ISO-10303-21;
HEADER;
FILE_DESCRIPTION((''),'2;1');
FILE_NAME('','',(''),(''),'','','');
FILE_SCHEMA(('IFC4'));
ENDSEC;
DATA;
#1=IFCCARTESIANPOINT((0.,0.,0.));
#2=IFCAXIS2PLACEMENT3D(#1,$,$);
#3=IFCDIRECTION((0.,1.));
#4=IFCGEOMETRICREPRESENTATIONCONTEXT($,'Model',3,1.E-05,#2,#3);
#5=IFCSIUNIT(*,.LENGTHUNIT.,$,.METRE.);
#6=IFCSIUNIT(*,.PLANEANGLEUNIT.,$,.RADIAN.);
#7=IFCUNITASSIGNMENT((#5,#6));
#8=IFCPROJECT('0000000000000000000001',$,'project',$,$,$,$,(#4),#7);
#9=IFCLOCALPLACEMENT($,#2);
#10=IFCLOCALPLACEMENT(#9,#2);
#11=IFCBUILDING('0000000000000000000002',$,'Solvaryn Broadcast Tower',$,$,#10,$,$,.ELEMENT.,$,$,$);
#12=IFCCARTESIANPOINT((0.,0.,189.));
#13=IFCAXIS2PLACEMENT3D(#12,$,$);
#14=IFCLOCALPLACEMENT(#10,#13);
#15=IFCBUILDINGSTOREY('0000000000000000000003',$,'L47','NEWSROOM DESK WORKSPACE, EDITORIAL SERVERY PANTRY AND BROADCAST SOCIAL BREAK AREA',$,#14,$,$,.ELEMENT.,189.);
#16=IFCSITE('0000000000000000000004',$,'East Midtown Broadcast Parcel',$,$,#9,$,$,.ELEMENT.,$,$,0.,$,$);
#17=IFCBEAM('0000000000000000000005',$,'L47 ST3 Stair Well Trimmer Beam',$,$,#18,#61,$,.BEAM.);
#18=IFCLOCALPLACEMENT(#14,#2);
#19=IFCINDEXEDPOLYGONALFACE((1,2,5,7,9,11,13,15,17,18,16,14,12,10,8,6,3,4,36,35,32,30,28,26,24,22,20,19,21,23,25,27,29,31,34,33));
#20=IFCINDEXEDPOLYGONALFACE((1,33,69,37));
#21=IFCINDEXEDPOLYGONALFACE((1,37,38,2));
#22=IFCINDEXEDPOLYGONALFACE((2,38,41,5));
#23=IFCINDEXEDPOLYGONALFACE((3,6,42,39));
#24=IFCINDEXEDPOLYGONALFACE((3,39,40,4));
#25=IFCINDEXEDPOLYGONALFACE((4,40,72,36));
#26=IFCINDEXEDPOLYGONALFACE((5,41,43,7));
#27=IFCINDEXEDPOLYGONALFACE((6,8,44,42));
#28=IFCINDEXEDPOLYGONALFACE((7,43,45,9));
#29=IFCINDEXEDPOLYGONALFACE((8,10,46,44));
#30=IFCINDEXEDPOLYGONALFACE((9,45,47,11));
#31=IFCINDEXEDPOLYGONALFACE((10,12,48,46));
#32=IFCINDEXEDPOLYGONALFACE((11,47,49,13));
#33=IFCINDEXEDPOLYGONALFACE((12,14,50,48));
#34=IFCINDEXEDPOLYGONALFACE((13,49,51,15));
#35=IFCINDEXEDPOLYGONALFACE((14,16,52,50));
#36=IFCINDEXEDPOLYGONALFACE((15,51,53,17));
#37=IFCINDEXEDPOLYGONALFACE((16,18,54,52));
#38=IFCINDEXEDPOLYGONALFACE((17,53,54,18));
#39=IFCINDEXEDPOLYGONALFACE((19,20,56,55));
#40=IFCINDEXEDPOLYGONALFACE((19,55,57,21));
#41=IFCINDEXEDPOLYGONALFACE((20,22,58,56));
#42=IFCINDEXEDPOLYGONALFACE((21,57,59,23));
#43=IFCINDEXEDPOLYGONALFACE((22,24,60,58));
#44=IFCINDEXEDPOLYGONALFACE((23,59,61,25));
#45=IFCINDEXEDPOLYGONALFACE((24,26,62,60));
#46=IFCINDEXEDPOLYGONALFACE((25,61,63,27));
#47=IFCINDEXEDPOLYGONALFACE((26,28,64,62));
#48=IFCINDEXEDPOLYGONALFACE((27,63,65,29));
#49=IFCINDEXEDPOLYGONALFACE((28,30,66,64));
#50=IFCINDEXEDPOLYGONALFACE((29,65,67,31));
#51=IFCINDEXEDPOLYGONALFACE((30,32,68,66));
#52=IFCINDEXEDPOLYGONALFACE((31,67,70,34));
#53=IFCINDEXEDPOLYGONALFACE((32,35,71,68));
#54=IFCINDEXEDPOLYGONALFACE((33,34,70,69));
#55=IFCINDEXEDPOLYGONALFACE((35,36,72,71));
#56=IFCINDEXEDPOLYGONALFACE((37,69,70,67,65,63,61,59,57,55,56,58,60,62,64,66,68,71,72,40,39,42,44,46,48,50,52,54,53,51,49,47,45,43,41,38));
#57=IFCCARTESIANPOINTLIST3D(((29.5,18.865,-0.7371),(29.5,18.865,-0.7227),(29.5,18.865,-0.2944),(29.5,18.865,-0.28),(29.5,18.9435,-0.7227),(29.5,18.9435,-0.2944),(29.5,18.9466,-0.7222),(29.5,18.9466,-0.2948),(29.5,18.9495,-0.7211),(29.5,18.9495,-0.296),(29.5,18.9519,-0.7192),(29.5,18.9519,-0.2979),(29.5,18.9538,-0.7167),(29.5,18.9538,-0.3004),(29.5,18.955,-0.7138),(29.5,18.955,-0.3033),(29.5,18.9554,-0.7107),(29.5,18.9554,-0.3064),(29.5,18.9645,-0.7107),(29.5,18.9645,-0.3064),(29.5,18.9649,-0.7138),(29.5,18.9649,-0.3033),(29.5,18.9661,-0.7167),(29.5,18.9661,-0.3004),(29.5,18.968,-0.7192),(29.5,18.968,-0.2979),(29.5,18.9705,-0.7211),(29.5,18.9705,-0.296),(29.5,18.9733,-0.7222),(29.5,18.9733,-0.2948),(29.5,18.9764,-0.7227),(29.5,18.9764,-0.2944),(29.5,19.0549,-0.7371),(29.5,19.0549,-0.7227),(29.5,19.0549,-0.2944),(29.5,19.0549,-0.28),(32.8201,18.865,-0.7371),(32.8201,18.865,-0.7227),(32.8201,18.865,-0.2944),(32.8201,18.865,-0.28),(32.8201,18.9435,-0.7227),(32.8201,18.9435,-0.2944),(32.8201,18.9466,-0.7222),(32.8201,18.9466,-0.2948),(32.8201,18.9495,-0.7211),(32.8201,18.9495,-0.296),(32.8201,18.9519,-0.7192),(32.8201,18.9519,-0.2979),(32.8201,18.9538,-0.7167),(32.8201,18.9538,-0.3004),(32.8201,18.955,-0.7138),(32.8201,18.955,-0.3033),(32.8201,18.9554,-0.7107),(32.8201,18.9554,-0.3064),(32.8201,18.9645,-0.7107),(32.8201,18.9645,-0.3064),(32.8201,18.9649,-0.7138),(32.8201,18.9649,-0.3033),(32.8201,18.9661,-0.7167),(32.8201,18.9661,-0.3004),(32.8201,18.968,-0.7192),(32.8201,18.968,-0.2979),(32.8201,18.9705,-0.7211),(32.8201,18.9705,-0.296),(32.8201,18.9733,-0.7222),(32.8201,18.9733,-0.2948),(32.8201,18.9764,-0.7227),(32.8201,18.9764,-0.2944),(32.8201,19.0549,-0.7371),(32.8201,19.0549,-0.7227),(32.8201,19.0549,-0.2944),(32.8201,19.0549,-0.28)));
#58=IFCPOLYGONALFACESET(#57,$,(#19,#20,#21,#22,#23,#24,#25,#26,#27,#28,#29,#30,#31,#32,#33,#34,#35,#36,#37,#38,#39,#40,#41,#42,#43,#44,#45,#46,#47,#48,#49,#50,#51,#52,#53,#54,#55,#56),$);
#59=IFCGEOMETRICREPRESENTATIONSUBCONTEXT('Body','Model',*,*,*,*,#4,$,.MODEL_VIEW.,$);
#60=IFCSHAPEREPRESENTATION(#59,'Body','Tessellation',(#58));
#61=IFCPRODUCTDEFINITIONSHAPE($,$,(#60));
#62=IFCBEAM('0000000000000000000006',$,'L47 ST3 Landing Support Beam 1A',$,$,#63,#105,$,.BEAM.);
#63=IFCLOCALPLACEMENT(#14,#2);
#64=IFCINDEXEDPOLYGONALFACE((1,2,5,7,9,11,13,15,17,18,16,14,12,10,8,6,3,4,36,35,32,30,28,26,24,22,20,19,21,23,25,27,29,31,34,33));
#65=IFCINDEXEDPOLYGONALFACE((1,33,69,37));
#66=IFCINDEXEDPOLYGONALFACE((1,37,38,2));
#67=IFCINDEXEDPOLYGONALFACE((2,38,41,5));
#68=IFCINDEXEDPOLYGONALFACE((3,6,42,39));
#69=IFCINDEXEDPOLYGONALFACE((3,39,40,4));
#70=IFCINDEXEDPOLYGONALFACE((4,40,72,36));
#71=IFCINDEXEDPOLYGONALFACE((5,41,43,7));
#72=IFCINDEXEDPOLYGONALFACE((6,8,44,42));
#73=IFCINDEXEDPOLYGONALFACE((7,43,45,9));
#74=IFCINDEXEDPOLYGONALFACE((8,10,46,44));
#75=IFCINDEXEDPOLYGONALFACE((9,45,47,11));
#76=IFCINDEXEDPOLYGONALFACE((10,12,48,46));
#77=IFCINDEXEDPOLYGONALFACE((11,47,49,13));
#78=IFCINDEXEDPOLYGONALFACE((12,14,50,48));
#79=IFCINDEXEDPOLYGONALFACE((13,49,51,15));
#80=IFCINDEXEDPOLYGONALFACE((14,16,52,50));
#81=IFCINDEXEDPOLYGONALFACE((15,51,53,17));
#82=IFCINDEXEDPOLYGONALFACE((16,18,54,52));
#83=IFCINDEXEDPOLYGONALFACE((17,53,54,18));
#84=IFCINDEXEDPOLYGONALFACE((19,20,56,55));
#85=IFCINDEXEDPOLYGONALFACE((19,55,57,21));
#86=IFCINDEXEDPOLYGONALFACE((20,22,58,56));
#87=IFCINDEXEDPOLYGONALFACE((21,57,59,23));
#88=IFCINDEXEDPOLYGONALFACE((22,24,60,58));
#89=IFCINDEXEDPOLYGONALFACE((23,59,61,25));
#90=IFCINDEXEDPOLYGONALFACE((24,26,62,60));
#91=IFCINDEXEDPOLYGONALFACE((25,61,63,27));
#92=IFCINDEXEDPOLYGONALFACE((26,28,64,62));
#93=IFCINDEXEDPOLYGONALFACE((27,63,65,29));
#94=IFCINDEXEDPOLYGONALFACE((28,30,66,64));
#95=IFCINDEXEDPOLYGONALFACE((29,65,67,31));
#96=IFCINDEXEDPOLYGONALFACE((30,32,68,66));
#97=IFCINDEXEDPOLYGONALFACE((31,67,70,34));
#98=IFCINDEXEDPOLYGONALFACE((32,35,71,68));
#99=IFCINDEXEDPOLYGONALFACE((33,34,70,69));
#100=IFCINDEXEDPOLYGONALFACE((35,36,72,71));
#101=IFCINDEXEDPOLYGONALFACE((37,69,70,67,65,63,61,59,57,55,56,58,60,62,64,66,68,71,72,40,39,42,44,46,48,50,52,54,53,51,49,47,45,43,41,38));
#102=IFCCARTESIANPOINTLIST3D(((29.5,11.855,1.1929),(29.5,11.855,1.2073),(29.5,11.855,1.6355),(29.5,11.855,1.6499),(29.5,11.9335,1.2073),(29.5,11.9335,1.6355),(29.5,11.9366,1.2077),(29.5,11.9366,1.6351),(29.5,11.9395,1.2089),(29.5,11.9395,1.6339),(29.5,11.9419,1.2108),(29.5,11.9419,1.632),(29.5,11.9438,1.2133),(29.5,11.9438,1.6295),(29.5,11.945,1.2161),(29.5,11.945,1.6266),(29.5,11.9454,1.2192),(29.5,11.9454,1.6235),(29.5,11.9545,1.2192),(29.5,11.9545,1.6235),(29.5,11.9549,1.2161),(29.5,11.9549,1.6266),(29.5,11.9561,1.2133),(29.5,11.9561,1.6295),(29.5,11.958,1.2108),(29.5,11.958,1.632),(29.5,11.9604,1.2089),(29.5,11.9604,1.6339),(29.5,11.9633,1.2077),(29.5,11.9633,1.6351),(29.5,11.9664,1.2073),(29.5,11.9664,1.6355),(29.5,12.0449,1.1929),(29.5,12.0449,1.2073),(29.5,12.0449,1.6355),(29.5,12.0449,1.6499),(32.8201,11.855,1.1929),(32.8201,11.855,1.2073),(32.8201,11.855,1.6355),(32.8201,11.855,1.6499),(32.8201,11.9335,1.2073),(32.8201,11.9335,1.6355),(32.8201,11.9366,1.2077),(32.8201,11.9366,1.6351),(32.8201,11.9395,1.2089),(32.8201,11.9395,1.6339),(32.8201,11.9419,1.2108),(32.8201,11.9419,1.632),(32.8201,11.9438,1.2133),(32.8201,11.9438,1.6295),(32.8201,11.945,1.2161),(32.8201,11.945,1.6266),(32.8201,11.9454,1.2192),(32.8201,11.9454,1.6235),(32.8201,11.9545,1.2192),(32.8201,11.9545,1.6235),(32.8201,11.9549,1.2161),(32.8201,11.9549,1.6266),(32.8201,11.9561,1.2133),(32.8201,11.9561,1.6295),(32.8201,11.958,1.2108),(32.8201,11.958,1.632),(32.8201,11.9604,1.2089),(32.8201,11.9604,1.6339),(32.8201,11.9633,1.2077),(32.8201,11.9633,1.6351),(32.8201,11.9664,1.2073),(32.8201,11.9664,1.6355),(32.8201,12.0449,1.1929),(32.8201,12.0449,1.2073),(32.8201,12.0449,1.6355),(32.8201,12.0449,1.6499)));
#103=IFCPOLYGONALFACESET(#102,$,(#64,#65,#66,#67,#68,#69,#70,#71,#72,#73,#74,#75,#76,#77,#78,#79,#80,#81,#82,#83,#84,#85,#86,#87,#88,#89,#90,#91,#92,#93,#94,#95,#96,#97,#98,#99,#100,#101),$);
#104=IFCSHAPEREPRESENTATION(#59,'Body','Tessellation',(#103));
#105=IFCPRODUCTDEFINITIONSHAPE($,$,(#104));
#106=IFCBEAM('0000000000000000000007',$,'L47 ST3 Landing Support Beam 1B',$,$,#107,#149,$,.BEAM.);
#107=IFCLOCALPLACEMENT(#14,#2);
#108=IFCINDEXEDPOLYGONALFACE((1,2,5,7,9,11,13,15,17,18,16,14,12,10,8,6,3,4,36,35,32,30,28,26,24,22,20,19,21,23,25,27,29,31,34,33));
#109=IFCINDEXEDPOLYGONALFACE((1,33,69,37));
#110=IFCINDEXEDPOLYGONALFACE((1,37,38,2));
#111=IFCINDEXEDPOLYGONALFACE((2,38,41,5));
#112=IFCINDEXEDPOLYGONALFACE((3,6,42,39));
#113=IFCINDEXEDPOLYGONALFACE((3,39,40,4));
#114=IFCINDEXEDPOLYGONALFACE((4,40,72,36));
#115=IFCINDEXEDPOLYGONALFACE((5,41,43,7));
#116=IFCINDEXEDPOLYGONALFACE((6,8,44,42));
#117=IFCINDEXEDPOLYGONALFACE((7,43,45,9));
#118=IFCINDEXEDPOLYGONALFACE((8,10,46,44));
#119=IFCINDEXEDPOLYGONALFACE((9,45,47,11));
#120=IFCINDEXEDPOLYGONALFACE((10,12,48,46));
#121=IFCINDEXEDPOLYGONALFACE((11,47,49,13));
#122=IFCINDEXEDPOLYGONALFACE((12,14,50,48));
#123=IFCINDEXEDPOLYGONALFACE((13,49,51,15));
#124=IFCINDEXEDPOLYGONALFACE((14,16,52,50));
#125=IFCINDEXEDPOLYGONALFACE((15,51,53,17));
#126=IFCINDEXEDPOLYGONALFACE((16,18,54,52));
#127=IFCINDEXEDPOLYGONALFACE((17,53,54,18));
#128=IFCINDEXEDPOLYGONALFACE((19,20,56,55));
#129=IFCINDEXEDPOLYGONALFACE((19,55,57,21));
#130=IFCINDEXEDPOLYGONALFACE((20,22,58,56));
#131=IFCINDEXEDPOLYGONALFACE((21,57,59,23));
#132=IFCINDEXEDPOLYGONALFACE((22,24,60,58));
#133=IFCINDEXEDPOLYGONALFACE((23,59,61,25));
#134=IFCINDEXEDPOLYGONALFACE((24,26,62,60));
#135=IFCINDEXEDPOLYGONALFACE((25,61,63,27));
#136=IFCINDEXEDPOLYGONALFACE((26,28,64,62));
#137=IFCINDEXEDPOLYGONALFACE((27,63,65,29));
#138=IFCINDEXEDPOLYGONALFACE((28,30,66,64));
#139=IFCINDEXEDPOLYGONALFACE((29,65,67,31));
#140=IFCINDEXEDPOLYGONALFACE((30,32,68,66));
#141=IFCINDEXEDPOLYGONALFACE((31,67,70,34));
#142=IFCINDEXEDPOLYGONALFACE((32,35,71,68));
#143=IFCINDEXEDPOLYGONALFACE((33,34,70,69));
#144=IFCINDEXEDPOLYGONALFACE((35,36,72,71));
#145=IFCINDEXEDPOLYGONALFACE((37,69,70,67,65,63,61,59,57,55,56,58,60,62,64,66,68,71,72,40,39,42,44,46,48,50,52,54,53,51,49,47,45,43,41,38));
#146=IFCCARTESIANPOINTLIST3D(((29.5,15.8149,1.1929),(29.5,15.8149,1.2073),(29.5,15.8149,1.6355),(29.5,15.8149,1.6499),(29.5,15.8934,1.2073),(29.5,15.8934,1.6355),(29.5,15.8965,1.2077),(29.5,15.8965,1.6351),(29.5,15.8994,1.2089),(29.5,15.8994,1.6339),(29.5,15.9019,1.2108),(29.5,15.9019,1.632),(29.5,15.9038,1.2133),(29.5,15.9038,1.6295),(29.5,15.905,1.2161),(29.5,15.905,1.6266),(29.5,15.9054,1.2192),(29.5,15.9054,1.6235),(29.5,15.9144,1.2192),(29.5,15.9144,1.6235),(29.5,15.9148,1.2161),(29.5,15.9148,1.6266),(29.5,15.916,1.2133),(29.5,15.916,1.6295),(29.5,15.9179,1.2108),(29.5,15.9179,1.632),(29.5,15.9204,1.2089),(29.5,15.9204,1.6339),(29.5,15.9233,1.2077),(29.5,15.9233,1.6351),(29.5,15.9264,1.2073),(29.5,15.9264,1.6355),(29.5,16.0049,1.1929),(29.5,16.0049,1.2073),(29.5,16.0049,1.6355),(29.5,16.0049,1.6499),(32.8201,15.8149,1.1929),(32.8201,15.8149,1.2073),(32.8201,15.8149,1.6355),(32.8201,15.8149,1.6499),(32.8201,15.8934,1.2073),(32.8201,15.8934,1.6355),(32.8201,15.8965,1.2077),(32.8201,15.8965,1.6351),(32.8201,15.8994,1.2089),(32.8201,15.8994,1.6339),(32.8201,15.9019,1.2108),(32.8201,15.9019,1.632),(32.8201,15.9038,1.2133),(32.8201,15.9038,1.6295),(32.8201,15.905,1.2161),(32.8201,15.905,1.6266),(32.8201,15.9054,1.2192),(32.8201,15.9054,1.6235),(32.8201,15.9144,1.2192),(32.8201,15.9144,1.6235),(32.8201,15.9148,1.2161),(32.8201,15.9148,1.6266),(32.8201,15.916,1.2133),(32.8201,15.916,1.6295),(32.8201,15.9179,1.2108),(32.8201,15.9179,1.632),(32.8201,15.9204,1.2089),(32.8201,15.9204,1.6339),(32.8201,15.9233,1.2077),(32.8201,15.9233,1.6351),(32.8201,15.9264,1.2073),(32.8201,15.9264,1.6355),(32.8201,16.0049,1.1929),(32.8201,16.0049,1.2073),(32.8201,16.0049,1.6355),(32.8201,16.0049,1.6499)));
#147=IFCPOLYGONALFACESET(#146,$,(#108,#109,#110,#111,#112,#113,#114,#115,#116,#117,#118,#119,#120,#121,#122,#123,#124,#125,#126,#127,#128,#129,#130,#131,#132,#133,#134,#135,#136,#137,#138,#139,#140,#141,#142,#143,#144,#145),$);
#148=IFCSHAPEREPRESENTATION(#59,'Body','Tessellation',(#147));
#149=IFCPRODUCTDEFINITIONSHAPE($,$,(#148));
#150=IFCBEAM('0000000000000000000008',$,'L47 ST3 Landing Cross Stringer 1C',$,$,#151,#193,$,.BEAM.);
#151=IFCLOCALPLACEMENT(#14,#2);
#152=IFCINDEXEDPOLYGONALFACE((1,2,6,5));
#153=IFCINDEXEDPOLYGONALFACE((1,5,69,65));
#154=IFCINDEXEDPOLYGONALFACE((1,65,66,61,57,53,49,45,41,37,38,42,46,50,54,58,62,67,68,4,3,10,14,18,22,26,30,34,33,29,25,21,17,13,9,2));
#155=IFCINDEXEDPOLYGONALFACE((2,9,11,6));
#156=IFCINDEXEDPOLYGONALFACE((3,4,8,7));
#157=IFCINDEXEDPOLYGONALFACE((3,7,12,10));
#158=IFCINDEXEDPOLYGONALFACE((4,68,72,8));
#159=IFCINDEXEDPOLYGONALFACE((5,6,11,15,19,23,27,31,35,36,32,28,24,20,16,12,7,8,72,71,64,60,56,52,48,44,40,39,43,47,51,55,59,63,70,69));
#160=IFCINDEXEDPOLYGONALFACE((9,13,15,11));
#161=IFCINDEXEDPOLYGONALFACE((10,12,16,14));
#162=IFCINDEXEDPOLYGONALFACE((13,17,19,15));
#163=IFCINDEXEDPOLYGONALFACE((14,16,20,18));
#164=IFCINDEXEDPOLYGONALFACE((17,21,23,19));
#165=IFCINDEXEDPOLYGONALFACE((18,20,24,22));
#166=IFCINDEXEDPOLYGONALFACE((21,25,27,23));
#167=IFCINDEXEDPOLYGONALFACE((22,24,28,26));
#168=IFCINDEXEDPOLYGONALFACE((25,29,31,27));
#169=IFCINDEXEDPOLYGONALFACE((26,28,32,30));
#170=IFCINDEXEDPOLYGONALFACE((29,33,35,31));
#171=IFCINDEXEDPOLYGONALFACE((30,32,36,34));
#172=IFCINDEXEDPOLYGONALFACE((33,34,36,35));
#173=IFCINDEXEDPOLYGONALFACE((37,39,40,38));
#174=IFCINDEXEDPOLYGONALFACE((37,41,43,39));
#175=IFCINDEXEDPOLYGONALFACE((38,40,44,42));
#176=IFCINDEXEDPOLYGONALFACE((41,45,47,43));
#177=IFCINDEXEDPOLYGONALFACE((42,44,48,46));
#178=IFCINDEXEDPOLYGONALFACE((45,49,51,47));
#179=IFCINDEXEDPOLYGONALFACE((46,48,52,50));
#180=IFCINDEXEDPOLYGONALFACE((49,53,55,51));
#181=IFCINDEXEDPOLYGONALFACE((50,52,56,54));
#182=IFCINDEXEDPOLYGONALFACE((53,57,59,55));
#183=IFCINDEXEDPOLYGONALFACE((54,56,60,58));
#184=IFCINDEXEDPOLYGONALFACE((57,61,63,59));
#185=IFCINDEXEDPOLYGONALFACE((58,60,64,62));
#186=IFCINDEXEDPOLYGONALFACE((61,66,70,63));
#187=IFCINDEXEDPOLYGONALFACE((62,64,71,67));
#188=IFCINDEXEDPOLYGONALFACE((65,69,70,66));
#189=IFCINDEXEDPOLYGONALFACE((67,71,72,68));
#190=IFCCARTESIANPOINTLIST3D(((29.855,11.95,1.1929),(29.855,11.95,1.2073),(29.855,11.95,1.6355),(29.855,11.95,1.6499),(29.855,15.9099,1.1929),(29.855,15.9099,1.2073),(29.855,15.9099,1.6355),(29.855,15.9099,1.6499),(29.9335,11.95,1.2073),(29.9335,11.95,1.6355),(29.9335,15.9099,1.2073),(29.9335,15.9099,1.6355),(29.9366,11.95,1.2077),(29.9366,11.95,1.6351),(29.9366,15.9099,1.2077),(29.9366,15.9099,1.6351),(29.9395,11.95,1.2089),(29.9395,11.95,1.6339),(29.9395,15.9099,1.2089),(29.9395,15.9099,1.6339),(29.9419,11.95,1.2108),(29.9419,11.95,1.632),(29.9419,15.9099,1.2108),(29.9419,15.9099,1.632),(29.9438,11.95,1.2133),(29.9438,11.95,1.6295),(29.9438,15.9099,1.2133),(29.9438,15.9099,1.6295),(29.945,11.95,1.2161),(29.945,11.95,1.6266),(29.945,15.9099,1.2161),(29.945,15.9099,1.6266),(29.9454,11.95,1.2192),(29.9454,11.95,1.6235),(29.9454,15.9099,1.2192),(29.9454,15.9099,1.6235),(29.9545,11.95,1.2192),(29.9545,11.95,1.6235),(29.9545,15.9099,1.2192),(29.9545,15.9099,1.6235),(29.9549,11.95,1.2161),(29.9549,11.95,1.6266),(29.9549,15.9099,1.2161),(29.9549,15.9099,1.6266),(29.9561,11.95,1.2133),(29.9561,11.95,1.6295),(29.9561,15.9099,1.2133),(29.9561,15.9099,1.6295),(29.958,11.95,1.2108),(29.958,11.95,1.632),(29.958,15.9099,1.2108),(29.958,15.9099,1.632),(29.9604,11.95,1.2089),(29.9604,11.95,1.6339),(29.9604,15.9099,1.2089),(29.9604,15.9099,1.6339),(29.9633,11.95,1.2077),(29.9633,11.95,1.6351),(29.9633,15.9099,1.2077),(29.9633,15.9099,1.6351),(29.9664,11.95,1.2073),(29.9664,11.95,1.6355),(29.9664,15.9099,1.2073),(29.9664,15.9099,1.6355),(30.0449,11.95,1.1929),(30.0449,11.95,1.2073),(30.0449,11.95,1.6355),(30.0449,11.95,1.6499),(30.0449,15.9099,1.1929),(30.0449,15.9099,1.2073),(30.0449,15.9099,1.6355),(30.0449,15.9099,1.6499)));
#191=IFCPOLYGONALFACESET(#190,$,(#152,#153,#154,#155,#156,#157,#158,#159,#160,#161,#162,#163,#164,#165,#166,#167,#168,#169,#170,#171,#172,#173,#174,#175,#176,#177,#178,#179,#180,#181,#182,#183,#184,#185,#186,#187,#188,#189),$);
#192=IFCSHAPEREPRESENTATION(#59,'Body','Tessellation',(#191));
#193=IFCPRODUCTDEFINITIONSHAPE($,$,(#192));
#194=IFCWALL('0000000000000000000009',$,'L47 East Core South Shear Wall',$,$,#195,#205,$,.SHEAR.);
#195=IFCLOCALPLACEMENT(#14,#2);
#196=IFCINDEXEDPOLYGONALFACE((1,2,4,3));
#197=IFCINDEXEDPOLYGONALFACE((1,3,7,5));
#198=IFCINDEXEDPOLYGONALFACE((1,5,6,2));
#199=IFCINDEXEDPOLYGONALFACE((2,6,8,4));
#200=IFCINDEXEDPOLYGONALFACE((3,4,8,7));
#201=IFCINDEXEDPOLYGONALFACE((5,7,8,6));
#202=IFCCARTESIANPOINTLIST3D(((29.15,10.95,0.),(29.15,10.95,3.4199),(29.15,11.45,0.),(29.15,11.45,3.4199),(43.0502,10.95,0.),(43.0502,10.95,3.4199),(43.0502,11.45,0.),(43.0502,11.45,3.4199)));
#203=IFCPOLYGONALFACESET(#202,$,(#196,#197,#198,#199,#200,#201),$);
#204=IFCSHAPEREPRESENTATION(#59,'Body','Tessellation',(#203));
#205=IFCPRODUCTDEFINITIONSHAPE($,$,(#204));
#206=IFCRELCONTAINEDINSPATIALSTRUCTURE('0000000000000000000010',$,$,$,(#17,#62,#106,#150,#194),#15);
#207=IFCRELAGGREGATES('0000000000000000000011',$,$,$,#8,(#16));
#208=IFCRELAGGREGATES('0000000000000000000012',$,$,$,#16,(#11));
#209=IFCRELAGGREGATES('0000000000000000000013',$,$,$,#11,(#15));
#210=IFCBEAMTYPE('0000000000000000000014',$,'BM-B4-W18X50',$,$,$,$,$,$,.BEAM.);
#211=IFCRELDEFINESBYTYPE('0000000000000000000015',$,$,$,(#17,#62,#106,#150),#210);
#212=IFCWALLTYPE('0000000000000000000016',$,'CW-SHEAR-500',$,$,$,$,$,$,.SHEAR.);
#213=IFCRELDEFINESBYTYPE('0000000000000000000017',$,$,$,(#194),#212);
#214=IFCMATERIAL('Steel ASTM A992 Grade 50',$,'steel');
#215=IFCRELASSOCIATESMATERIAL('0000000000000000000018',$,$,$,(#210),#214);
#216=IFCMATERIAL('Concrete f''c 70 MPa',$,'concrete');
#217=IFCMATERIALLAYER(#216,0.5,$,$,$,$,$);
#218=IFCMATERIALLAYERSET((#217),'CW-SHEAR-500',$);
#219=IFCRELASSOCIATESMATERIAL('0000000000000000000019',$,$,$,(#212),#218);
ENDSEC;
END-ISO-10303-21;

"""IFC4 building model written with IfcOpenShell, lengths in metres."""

from ifc_helpers import new_model, si_unit, direction, frame, frame_2d, origin, origin_2d, place, context, subcontext, project, spatial, rectangle, i_section, extrude, material, layer, layer_set, material_profile, profile_set, type_object, element, save


model = new_model("IFC4")

# Units and contexts
model_context = context("Model", 3, precision=1e-05, world=origin(), true_north=direction((0.0, 1.0)))
body_context = subcontext(model_context, "Body", "Model", "MODEL_VIEW")
ifc_project = project(units=[si_unit("LENGTHUNIT", "METRE"), si_unit("PLANEANGLEUNIT", "RADIAN")], contexts=[model_context])

# Site, building, storey
site_placement = place(None, origin())
site = spatial("IfcSite", under=ifc_project, at=site_placement, Name="East Midtown Broadcast Parcel", CompositionType="ELEMENT", RefElevation=0.0)
building_placement = place(site_placement, origin())
building = spatial("IfcBuilding", under=site, at=building_placement, Name="Solvaryn Broadcast Tower", CompositionType="ELEMENT")
storey_placement = place(building_placement, frame((0.0, 0.0, 189.0)))
storey = spatial("IfcBuildingStorey", under=building, at=storey_placement, Name="L47", Description="NEWSROOM DESK WORKSPACE, EDITORIAL SERVERY PANTRY AND BROADCAST SOCIAL BREAK AREA", CompositionType="ELEMENT", Elevation=189.0)

# Beams
ifc_material_1 = material(Name="Steel ASTM A992 Grade 50", Category="steel")
ifc_material_profile_1 = material_profile(ifc_material_1, i_section(OverallWidth=0.1899, OverallDepth=0.457, WebThickness=0.009, FlangeThickness=0.0144, FilletRadius=0.012, at=origin_2d()))
ifc_profile_set_1 = profile_set([ifc_material_profile_1], Name="Steel ASTM A992 Grade 50")
beam_type_1 = type_object("IfcBeamType", Name="BM-B4-W18X50", PredefinedType="BEAM", material=ifc_profile_set_1)
for number, where, z_axis, x_axis, name in (
    (1, (29.5, 18.96, -0.5085), (1.0, 0.0, 0.0), (0.0, 1.0, 0.0), "L47 ST3 Stair Well Trimmer Beam"),
    (2, (29.5, 11.95, 1.4214), (1.0, 0.0, 0.0), (0.0, 1.0, 0.0), "L47 ST3 Landing Support Beam 1A"),
    (3, (29.5, 15.9099, 1.4214), (1.0, 0.0, 0.0), (0.0, 1.0, 0.0), "L47 ST3 Landing Support Beam 1B"),
):
    element("IfcBeam", number, at=place(storey_placement, frame(where, z_axis=z_axis, x_axis=x_axis)), inside=storey, type_object=beam_type_1, Name=name, PredefinedType="BEAM", context=body_context, shape_type="SweptSolid", body=[
        extrude(i_section(OverallWidth=0.1899, OverallDepth=0.457, WebThickness=0.009, FlangeThickness=0.0144, FilletRadius=0.012, at=origin_2d()), origin(), (0.0, 0.0, 1.0), 3.3201),
    ])
beam_1_placement = place(storey_placement, frame((29.95, 11.95, 1.4214), z_axis=(0.0, 1.0, 0.0), x_axis=(-1.0, 0.0, 0.0)))
element("IfcBeam", 4, at=beam_1_placement, inside=storey, type_object=beam_type_1, Name="L47 ST3 Landing Cross Stringer 1C", PredefinedType="BEAM", context=body_context, shape_type="SweptSolid", body=[
    extrude(i_section(OverallWidth=0.1899, OverallDepth=0.457, WebThickness=0.009, FlangeThickness=0.0144, FilletRadius=0.012, at=origin_2d()), origin(), (0.0, 0.0, 1.0), 3.96),
])

# Wall
ifc_material_2 = material(Name="Concrete f'c 70 MPa", Category="concrete")
ifc_layer_1 = layer(ifc_material_2, 0.5)
ifc_layer_set_1 = layer_set([ifc_layer_1], Name="CW-SHEAR-500")
wall_type_1 = type_object("IfcWallType", Name="CW-SHEAR-500", PredefinedType="SHEAR", material=ifc_layer_set_1)
wall_1_placement = place(storey_placement, frame((29.1499, 11.2, 0.0), z_axis=(0.0, 0.0, 1.0), x_axis=(1.0, 0.0, 0.0)))
element("IfcWall", 5, at=wall_1_placement, inside=storey, type_object=wall_type_1, Name="L47 East Core South Shear Wall", PredefinedType="SHEAR", context=body_context, shape_type="SweptSolid", body=[
    extrude(rectangle(XDim=13.9001, YDim=0.5, at=frame_2d((6.9502, 0.0))), origin(), (0.0, 0.0, 1.0), 3.4199),
])

save(model, "model.ifc")
